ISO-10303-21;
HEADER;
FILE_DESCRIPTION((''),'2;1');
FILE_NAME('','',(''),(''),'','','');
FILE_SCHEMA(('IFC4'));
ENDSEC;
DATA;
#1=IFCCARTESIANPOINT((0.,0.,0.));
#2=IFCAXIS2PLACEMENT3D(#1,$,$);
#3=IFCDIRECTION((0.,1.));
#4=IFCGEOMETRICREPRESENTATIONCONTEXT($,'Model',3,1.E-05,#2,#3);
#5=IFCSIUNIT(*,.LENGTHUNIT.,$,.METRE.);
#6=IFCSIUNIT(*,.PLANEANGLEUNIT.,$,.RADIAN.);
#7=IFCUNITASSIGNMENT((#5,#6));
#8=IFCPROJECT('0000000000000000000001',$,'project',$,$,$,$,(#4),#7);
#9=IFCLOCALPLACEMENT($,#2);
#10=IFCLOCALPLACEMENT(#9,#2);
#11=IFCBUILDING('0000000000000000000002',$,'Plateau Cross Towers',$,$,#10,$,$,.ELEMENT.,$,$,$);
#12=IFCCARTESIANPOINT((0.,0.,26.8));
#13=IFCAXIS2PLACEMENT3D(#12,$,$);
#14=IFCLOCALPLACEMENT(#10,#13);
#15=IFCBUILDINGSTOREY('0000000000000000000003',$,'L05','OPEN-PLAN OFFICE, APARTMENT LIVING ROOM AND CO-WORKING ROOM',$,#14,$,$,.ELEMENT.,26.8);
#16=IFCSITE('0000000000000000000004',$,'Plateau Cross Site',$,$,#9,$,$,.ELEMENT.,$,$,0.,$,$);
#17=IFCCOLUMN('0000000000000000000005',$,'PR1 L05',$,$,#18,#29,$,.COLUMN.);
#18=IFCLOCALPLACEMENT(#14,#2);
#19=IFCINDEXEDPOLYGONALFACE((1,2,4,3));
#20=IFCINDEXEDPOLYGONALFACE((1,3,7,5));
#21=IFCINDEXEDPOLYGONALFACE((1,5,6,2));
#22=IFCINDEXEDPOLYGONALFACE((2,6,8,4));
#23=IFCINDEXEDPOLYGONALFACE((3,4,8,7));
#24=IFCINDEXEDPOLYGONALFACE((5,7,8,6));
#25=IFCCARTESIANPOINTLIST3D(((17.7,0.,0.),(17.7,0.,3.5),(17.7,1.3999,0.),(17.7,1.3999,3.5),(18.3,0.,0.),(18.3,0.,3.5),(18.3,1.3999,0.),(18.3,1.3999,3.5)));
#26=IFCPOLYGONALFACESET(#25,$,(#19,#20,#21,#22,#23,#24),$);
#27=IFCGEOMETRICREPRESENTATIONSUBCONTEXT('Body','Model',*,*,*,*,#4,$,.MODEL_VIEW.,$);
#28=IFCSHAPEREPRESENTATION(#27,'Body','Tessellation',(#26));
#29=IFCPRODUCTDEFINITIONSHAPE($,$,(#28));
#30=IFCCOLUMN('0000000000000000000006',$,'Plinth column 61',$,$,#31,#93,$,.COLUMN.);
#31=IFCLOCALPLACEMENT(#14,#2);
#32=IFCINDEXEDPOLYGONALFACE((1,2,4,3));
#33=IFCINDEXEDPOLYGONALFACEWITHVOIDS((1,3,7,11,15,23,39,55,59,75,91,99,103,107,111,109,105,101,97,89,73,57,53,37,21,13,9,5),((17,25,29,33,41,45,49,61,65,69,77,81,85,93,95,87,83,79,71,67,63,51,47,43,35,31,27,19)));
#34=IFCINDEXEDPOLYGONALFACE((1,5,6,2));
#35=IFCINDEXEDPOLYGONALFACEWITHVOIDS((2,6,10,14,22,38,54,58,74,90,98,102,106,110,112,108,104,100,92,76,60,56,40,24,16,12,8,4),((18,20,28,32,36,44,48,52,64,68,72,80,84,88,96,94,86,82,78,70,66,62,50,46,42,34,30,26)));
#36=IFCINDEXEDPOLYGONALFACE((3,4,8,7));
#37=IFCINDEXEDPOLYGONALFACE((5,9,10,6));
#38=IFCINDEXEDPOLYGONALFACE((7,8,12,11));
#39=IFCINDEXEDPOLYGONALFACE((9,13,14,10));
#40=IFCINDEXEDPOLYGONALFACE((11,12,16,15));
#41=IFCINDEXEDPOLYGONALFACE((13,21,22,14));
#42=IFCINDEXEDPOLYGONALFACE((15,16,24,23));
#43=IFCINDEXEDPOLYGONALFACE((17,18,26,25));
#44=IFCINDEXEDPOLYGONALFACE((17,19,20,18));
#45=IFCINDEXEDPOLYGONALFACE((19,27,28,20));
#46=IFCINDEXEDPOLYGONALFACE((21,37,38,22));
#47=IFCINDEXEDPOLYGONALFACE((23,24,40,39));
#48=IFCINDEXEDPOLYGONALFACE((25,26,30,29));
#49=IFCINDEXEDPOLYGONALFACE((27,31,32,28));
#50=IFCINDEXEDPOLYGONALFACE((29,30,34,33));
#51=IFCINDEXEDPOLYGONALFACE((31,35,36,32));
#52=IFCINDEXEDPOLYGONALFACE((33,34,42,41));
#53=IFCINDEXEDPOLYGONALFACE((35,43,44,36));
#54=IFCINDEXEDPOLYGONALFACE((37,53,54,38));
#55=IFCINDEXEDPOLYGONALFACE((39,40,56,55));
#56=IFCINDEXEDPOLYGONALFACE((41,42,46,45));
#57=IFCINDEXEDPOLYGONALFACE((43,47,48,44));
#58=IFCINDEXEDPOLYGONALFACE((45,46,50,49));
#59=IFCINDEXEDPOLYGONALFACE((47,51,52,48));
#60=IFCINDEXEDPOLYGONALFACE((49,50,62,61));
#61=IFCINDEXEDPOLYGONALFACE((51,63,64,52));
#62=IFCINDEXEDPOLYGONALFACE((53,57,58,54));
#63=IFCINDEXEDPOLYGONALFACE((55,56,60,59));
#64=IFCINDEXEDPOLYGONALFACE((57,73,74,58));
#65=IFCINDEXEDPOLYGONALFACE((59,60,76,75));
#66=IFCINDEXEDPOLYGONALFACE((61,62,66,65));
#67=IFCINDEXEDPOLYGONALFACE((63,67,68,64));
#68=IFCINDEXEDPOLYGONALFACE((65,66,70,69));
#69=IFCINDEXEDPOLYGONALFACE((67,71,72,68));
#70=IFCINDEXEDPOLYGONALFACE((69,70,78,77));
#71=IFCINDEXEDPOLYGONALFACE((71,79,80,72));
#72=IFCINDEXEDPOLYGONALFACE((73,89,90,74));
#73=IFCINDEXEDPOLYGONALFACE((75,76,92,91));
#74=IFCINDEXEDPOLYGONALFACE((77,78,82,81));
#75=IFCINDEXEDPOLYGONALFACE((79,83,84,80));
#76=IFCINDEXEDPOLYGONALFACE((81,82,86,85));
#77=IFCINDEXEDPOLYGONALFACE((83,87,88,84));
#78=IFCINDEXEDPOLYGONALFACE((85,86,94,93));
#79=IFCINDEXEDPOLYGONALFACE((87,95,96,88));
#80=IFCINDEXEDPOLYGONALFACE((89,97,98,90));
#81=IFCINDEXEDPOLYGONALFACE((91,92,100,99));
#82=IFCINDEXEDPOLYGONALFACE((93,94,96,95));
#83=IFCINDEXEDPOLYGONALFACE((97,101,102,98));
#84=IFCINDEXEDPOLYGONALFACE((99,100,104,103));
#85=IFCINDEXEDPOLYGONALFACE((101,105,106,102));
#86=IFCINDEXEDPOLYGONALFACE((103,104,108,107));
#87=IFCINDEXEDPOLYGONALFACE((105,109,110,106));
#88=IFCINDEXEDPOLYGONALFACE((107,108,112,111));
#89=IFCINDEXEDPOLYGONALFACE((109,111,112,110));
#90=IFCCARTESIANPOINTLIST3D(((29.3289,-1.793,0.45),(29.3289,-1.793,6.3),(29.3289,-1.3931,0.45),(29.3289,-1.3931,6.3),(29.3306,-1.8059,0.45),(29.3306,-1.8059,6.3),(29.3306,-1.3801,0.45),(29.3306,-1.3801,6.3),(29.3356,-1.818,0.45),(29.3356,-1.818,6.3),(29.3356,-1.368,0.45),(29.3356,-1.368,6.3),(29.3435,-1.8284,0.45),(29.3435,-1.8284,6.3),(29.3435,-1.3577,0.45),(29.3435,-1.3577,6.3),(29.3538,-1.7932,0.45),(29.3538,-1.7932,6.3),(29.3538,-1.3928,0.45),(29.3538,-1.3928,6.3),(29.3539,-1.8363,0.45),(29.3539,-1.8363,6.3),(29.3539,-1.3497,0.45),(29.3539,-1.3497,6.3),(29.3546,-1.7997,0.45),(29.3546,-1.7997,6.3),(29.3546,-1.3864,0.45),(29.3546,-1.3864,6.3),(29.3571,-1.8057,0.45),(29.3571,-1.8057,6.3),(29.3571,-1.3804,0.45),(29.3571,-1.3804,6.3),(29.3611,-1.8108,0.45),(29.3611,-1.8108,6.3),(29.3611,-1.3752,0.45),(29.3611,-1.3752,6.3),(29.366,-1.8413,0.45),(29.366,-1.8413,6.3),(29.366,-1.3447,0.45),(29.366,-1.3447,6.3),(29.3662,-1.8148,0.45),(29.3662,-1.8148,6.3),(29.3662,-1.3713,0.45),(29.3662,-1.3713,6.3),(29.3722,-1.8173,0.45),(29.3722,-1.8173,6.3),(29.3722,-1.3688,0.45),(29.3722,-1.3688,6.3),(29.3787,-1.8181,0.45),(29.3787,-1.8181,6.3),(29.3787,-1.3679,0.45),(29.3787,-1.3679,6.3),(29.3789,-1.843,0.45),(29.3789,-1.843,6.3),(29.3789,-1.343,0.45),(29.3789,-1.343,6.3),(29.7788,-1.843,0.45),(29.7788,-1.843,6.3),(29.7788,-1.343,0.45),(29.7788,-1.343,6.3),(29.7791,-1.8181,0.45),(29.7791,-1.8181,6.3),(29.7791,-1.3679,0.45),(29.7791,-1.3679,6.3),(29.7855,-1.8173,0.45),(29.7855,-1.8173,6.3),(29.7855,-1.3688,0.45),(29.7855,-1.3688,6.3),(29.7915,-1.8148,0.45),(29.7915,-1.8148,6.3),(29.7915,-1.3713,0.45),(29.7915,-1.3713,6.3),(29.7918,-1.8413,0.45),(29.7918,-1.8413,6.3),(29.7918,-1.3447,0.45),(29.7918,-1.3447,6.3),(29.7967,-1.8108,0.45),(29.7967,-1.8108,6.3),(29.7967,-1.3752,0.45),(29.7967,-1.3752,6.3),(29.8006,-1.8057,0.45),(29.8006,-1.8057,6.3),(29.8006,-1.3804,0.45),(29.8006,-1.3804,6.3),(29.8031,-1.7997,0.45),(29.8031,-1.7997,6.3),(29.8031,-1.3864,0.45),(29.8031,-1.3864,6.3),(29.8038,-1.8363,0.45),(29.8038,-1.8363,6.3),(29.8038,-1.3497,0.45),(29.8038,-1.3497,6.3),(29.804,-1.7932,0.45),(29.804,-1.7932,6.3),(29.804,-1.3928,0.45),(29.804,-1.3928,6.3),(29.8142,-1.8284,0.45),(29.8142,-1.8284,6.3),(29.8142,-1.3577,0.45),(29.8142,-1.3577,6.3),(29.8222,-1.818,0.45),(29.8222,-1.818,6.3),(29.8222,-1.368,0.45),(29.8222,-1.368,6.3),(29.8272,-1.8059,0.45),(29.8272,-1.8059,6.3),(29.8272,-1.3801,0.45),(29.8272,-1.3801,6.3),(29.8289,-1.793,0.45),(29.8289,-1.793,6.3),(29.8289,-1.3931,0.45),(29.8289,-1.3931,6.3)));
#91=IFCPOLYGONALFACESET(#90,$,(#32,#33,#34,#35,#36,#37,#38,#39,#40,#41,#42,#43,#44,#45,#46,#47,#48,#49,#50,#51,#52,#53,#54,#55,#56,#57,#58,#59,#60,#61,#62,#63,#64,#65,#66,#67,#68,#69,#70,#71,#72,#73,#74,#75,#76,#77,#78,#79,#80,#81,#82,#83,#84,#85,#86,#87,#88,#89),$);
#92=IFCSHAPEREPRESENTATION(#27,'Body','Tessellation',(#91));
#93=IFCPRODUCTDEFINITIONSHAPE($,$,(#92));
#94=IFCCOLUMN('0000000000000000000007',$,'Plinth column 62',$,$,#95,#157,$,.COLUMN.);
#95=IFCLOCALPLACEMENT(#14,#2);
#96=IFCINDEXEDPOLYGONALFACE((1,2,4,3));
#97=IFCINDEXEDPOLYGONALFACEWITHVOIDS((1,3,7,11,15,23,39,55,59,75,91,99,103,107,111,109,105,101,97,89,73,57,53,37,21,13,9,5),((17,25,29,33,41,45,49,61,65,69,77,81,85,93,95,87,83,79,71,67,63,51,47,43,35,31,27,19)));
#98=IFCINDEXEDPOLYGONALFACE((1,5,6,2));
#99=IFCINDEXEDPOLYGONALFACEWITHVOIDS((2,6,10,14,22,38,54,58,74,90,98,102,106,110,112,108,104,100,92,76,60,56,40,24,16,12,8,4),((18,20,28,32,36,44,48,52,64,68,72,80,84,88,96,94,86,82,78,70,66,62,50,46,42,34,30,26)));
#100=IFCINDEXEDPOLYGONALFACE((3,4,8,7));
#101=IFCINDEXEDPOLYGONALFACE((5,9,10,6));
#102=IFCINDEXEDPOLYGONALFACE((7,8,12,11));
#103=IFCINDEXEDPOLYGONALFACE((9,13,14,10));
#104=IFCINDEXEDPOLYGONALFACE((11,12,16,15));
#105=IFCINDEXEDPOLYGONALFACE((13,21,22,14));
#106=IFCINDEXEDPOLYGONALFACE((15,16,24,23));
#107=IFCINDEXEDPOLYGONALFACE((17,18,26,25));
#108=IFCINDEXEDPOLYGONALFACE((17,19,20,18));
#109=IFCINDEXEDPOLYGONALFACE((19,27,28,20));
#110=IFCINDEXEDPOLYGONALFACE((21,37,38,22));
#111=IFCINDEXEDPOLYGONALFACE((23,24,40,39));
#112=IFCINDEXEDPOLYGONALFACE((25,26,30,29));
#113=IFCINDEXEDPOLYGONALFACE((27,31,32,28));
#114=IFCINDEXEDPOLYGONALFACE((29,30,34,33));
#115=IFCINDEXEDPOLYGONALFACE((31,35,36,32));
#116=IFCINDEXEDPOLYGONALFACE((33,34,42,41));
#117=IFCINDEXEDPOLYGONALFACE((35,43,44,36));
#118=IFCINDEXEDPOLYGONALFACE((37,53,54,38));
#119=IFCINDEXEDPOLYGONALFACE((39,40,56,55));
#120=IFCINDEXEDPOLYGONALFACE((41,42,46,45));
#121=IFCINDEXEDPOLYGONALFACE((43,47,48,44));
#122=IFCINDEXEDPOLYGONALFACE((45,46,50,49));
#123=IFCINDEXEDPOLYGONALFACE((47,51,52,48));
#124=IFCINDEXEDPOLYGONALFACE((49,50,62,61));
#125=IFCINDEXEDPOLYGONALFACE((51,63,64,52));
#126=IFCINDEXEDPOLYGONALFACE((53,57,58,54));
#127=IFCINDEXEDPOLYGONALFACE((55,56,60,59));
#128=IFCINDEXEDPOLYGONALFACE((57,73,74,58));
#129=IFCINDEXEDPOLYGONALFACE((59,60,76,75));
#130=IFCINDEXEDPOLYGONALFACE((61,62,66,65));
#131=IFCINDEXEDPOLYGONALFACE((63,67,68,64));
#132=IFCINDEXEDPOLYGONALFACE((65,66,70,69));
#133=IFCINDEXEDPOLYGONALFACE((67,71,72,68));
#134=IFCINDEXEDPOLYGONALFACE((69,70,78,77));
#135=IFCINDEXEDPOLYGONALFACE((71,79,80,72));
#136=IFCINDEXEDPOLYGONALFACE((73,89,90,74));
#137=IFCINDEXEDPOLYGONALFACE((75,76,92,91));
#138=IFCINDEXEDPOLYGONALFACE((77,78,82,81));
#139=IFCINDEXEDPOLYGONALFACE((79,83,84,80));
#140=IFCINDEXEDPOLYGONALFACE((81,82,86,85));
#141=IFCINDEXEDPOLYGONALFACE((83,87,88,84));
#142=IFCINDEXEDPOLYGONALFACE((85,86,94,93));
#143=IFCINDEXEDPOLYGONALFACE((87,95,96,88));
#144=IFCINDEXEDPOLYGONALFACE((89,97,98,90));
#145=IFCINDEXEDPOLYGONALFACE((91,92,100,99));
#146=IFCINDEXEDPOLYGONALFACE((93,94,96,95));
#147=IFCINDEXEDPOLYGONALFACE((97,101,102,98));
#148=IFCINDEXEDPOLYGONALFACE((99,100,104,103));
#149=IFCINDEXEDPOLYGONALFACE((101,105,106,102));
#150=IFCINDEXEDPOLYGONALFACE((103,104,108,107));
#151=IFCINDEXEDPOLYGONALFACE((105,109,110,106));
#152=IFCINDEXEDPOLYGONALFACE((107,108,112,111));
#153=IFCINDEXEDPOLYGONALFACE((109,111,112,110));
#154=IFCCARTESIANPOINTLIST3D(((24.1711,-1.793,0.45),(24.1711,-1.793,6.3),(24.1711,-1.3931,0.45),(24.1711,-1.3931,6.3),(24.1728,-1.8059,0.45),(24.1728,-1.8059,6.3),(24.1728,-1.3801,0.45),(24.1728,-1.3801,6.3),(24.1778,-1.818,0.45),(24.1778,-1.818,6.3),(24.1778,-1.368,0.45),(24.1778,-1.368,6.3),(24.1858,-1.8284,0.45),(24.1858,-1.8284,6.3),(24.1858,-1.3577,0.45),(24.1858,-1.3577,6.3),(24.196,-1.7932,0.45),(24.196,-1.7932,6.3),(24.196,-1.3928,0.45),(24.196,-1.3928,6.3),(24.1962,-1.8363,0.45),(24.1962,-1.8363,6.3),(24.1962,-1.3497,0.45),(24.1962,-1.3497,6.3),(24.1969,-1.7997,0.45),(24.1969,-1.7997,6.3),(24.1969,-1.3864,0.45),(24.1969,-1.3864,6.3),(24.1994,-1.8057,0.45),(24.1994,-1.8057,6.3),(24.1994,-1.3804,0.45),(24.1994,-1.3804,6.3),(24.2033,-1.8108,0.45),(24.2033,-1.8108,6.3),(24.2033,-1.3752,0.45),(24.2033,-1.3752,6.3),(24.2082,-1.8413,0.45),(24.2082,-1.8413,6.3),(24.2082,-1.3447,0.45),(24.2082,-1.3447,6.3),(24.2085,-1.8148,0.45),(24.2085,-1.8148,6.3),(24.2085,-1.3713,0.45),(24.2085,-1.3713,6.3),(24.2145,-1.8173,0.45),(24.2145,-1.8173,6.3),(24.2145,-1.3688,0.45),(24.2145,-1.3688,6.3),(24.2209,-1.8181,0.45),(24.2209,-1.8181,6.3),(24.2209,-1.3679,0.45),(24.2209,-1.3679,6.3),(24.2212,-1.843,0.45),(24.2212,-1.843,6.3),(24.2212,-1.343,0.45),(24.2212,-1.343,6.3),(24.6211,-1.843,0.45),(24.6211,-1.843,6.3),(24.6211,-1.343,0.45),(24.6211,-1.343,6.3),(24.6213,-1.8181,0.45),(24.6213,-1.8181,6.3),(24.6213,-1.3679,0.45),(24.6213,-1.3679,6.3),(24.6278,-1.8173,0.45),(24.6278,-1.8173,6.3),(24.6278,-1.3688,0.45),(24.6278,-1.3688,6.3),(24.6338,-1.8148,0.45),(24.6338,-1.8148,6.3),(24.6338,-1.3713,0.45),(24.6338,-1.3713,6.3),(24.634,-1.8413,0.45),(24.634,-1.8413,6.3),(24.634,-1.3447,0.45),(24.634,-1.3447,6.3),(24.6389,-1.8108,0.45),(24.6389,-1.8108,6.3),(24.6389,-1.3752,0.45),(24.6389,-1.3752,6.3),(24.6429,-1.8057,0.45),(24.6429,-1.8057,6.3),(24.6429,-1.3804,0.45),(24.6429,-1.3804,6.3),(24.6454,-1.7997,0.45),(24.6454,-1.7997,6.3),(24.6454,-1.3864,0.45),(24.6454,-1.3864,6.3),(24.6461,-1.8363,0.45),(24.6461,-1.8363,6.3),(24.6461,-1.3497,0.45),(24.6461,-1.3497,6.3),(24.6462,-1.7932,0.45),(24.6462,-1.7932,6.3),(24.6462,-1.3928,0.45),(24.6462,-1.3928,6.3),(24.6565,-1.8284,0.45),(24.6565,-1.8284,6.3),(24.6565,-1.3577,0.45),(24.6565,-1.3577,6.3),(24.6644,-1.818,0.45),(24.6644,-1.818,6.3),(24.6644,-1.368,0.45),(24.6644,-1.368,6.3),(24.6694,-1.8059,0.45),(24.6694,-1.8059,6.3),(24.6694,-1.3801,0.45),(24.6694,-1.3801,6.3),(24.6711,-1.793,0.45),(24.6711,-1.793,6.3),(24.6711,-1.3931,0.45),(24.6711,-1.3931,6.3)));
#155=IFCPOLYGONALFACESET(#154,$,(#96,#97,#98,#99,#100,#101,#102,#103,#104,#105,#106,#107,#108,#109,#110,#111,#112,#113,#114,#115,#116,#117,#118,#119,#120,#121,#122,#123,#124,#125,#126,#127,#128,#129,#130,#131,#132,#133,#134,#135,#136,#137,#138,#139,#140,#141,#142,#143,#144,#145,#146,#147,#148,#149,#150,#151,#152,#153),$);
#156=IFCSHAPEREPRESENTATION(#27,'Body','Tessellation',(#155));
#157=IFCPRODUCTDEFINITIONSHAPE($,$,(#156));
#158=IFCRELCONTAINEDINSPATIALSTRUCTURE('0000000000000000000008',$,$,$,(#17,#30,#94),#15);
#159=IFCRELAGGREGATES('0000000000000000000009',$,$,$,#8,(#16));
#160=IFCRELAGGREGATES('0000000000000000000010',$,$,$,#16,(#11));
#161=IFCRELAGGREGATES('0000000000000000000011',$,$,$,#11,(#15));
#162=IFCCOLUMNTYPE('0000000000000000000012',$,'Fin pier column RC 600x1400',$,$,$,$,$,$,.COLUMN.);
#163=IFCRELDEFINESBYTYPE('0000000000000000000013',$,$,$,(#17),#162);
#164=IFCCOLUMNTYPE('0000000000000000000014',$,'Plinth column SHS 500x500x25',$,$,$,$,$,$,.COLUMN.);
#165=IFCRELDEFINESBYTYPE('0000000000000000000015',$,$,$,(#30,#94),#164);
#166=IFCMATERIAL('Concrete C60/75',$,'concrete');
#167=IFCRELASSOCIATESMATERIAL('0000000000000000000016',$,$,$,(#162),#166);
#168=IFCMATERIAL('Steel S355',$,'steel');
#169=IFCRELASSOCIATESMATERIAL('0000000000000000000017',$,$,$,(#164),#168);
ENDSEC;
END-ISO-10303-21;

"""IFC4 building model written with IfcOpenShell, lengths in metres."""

from ifc_helpers import new_model, si_unit, direction, frame, origin, origin_2d, place, context, subcontext, project, spatial, rectangle, hollow_rectangle, extrude, material, material_profile, profile_set, type_object, element, save


model = new_model("IFC4")

# Units and contexts
model_context = context("Model", 3, precision=1e-05, world=origin(), true_north=direction((0.0, 1.0)))
body_context = subcontext(model_context, "Body", "Model", "MODEL_VIEW")
ifc_project = project(units=[si_unit("LENGTHUNIT", "METRE"), si_unit("PLANEANGLEUNIT", "RADIAN")], contexts=[model_context])

# Site, building, storey
site_placement = place(None, origin())
site = spatial("IfcSite", under=ifc_project, at=site_placement, Name="Plateau Cross Site", CompositionType="ELEMENT", RefElevation=0.0)
building_placement = place(site_placement, origin())
building = spatial("IfcBuilding", under=site, at=building_placement, Name="Plateau Cross Towers", CompositionType="ELEMENT")
storey_placement = place(building_placement, frame((0.0, 0.0, 26.8)))
storey = spatial("IfcBuildingStorey", under=building, at=storey_placement, Name="L05", Description="OPEN-PLAN OFFICE, APARTMENT LIVING ROOM AND CO-WORKING ROOM", CompositionType="ELEMENT", Elevation=26.8)

# Columns
ifc_material_1 = material(Name="Concrete C60/75", Category="concrete")
ifc_material_profile_1 = material_profile(ifc_material_1, rectangle(XDim=0.6001, YDim=1.3999, at=origin_2d()), Name="RC 600x1400")
ifc_profile_set_1 = profile_set([ifc_material_profile_1], Name="Concrete C60/75")
column_type_1 = type_object("IfcColumnType", Name="Fin pier column RC 600x1400", PredefinedType="COLUMN", material=ifc_profile_set_1)
column_placement = place(storey_placement, frame((18.0, 0.7, 0.0), z_axis=(0.0, 0.0, 1.0), x_axis=(1.0, 0.0, 0.0)))
element("IfcColumn", 1, at=column_placement, inside=storey, type_object=column_type_1, Name="PR1 L05", PredefinedType="COLUMN", context=body_context, shape_type="SweptSolid", body=[
    extrude(rectangle(XDim=0.6001, YDim=1.3999, at=origin_2d()), origin(), (0.0, 0.0, 1.0), 3.5),
])
ifc_material_2 = material(Name="Steel S355", Category="steel")
ifc_material_profile_2 = material_profile(ifc_material_2, hollow_rectangle(XDim=0.5, YDim=0.5, WallThickness=0.0249, InnerFilletRadius=0.0249, OuterFilletRadius=0.05, at=origin_2d()), Name="SHS 500x500x25")
ifc_profile_set_2 = profile_set([ifc_material_profile_2], Name="Steel S355")
column_type_2 = type_object("IfcColumnType", Name="Plinth column SHS 500x500x25", PredefinedType="COLUMN", material=ifc_profile_set_2)
for number, where, z_axis, x_axis, name in (
    (2, (29.5789, -1.593, 0.45), (0.0, 0.0, 1.0), (1.0, 0.0, 0.0), "Plinth column 61"),
    (3, (24.4211, -1.593, 0.45), (0.0, 0.0, 1.0), (1.0, 0.0, 0.0), "Plinth column 62"),
):
    element("IfcColumn", number, at=place(storey_placement, frame(where, z_axis=z_axis, x_axis=x_axis)), inside=storey, type_object=column_type_2, Name=name, PredefinedType="COLUMN", context=body_context, shape_type="SweptSolid", body=[
        extrude(hollow_rectangle(XDim=0.5, YDim=0.5, WallThickness=0.0249, InnerFilletRadius=0.0249, OuterFilletRadius=0.05, at=origin_2d()), origin(), (0.0, 0.0, 1.0), 5.8501),
    ])

save(model, "model.ifc")
